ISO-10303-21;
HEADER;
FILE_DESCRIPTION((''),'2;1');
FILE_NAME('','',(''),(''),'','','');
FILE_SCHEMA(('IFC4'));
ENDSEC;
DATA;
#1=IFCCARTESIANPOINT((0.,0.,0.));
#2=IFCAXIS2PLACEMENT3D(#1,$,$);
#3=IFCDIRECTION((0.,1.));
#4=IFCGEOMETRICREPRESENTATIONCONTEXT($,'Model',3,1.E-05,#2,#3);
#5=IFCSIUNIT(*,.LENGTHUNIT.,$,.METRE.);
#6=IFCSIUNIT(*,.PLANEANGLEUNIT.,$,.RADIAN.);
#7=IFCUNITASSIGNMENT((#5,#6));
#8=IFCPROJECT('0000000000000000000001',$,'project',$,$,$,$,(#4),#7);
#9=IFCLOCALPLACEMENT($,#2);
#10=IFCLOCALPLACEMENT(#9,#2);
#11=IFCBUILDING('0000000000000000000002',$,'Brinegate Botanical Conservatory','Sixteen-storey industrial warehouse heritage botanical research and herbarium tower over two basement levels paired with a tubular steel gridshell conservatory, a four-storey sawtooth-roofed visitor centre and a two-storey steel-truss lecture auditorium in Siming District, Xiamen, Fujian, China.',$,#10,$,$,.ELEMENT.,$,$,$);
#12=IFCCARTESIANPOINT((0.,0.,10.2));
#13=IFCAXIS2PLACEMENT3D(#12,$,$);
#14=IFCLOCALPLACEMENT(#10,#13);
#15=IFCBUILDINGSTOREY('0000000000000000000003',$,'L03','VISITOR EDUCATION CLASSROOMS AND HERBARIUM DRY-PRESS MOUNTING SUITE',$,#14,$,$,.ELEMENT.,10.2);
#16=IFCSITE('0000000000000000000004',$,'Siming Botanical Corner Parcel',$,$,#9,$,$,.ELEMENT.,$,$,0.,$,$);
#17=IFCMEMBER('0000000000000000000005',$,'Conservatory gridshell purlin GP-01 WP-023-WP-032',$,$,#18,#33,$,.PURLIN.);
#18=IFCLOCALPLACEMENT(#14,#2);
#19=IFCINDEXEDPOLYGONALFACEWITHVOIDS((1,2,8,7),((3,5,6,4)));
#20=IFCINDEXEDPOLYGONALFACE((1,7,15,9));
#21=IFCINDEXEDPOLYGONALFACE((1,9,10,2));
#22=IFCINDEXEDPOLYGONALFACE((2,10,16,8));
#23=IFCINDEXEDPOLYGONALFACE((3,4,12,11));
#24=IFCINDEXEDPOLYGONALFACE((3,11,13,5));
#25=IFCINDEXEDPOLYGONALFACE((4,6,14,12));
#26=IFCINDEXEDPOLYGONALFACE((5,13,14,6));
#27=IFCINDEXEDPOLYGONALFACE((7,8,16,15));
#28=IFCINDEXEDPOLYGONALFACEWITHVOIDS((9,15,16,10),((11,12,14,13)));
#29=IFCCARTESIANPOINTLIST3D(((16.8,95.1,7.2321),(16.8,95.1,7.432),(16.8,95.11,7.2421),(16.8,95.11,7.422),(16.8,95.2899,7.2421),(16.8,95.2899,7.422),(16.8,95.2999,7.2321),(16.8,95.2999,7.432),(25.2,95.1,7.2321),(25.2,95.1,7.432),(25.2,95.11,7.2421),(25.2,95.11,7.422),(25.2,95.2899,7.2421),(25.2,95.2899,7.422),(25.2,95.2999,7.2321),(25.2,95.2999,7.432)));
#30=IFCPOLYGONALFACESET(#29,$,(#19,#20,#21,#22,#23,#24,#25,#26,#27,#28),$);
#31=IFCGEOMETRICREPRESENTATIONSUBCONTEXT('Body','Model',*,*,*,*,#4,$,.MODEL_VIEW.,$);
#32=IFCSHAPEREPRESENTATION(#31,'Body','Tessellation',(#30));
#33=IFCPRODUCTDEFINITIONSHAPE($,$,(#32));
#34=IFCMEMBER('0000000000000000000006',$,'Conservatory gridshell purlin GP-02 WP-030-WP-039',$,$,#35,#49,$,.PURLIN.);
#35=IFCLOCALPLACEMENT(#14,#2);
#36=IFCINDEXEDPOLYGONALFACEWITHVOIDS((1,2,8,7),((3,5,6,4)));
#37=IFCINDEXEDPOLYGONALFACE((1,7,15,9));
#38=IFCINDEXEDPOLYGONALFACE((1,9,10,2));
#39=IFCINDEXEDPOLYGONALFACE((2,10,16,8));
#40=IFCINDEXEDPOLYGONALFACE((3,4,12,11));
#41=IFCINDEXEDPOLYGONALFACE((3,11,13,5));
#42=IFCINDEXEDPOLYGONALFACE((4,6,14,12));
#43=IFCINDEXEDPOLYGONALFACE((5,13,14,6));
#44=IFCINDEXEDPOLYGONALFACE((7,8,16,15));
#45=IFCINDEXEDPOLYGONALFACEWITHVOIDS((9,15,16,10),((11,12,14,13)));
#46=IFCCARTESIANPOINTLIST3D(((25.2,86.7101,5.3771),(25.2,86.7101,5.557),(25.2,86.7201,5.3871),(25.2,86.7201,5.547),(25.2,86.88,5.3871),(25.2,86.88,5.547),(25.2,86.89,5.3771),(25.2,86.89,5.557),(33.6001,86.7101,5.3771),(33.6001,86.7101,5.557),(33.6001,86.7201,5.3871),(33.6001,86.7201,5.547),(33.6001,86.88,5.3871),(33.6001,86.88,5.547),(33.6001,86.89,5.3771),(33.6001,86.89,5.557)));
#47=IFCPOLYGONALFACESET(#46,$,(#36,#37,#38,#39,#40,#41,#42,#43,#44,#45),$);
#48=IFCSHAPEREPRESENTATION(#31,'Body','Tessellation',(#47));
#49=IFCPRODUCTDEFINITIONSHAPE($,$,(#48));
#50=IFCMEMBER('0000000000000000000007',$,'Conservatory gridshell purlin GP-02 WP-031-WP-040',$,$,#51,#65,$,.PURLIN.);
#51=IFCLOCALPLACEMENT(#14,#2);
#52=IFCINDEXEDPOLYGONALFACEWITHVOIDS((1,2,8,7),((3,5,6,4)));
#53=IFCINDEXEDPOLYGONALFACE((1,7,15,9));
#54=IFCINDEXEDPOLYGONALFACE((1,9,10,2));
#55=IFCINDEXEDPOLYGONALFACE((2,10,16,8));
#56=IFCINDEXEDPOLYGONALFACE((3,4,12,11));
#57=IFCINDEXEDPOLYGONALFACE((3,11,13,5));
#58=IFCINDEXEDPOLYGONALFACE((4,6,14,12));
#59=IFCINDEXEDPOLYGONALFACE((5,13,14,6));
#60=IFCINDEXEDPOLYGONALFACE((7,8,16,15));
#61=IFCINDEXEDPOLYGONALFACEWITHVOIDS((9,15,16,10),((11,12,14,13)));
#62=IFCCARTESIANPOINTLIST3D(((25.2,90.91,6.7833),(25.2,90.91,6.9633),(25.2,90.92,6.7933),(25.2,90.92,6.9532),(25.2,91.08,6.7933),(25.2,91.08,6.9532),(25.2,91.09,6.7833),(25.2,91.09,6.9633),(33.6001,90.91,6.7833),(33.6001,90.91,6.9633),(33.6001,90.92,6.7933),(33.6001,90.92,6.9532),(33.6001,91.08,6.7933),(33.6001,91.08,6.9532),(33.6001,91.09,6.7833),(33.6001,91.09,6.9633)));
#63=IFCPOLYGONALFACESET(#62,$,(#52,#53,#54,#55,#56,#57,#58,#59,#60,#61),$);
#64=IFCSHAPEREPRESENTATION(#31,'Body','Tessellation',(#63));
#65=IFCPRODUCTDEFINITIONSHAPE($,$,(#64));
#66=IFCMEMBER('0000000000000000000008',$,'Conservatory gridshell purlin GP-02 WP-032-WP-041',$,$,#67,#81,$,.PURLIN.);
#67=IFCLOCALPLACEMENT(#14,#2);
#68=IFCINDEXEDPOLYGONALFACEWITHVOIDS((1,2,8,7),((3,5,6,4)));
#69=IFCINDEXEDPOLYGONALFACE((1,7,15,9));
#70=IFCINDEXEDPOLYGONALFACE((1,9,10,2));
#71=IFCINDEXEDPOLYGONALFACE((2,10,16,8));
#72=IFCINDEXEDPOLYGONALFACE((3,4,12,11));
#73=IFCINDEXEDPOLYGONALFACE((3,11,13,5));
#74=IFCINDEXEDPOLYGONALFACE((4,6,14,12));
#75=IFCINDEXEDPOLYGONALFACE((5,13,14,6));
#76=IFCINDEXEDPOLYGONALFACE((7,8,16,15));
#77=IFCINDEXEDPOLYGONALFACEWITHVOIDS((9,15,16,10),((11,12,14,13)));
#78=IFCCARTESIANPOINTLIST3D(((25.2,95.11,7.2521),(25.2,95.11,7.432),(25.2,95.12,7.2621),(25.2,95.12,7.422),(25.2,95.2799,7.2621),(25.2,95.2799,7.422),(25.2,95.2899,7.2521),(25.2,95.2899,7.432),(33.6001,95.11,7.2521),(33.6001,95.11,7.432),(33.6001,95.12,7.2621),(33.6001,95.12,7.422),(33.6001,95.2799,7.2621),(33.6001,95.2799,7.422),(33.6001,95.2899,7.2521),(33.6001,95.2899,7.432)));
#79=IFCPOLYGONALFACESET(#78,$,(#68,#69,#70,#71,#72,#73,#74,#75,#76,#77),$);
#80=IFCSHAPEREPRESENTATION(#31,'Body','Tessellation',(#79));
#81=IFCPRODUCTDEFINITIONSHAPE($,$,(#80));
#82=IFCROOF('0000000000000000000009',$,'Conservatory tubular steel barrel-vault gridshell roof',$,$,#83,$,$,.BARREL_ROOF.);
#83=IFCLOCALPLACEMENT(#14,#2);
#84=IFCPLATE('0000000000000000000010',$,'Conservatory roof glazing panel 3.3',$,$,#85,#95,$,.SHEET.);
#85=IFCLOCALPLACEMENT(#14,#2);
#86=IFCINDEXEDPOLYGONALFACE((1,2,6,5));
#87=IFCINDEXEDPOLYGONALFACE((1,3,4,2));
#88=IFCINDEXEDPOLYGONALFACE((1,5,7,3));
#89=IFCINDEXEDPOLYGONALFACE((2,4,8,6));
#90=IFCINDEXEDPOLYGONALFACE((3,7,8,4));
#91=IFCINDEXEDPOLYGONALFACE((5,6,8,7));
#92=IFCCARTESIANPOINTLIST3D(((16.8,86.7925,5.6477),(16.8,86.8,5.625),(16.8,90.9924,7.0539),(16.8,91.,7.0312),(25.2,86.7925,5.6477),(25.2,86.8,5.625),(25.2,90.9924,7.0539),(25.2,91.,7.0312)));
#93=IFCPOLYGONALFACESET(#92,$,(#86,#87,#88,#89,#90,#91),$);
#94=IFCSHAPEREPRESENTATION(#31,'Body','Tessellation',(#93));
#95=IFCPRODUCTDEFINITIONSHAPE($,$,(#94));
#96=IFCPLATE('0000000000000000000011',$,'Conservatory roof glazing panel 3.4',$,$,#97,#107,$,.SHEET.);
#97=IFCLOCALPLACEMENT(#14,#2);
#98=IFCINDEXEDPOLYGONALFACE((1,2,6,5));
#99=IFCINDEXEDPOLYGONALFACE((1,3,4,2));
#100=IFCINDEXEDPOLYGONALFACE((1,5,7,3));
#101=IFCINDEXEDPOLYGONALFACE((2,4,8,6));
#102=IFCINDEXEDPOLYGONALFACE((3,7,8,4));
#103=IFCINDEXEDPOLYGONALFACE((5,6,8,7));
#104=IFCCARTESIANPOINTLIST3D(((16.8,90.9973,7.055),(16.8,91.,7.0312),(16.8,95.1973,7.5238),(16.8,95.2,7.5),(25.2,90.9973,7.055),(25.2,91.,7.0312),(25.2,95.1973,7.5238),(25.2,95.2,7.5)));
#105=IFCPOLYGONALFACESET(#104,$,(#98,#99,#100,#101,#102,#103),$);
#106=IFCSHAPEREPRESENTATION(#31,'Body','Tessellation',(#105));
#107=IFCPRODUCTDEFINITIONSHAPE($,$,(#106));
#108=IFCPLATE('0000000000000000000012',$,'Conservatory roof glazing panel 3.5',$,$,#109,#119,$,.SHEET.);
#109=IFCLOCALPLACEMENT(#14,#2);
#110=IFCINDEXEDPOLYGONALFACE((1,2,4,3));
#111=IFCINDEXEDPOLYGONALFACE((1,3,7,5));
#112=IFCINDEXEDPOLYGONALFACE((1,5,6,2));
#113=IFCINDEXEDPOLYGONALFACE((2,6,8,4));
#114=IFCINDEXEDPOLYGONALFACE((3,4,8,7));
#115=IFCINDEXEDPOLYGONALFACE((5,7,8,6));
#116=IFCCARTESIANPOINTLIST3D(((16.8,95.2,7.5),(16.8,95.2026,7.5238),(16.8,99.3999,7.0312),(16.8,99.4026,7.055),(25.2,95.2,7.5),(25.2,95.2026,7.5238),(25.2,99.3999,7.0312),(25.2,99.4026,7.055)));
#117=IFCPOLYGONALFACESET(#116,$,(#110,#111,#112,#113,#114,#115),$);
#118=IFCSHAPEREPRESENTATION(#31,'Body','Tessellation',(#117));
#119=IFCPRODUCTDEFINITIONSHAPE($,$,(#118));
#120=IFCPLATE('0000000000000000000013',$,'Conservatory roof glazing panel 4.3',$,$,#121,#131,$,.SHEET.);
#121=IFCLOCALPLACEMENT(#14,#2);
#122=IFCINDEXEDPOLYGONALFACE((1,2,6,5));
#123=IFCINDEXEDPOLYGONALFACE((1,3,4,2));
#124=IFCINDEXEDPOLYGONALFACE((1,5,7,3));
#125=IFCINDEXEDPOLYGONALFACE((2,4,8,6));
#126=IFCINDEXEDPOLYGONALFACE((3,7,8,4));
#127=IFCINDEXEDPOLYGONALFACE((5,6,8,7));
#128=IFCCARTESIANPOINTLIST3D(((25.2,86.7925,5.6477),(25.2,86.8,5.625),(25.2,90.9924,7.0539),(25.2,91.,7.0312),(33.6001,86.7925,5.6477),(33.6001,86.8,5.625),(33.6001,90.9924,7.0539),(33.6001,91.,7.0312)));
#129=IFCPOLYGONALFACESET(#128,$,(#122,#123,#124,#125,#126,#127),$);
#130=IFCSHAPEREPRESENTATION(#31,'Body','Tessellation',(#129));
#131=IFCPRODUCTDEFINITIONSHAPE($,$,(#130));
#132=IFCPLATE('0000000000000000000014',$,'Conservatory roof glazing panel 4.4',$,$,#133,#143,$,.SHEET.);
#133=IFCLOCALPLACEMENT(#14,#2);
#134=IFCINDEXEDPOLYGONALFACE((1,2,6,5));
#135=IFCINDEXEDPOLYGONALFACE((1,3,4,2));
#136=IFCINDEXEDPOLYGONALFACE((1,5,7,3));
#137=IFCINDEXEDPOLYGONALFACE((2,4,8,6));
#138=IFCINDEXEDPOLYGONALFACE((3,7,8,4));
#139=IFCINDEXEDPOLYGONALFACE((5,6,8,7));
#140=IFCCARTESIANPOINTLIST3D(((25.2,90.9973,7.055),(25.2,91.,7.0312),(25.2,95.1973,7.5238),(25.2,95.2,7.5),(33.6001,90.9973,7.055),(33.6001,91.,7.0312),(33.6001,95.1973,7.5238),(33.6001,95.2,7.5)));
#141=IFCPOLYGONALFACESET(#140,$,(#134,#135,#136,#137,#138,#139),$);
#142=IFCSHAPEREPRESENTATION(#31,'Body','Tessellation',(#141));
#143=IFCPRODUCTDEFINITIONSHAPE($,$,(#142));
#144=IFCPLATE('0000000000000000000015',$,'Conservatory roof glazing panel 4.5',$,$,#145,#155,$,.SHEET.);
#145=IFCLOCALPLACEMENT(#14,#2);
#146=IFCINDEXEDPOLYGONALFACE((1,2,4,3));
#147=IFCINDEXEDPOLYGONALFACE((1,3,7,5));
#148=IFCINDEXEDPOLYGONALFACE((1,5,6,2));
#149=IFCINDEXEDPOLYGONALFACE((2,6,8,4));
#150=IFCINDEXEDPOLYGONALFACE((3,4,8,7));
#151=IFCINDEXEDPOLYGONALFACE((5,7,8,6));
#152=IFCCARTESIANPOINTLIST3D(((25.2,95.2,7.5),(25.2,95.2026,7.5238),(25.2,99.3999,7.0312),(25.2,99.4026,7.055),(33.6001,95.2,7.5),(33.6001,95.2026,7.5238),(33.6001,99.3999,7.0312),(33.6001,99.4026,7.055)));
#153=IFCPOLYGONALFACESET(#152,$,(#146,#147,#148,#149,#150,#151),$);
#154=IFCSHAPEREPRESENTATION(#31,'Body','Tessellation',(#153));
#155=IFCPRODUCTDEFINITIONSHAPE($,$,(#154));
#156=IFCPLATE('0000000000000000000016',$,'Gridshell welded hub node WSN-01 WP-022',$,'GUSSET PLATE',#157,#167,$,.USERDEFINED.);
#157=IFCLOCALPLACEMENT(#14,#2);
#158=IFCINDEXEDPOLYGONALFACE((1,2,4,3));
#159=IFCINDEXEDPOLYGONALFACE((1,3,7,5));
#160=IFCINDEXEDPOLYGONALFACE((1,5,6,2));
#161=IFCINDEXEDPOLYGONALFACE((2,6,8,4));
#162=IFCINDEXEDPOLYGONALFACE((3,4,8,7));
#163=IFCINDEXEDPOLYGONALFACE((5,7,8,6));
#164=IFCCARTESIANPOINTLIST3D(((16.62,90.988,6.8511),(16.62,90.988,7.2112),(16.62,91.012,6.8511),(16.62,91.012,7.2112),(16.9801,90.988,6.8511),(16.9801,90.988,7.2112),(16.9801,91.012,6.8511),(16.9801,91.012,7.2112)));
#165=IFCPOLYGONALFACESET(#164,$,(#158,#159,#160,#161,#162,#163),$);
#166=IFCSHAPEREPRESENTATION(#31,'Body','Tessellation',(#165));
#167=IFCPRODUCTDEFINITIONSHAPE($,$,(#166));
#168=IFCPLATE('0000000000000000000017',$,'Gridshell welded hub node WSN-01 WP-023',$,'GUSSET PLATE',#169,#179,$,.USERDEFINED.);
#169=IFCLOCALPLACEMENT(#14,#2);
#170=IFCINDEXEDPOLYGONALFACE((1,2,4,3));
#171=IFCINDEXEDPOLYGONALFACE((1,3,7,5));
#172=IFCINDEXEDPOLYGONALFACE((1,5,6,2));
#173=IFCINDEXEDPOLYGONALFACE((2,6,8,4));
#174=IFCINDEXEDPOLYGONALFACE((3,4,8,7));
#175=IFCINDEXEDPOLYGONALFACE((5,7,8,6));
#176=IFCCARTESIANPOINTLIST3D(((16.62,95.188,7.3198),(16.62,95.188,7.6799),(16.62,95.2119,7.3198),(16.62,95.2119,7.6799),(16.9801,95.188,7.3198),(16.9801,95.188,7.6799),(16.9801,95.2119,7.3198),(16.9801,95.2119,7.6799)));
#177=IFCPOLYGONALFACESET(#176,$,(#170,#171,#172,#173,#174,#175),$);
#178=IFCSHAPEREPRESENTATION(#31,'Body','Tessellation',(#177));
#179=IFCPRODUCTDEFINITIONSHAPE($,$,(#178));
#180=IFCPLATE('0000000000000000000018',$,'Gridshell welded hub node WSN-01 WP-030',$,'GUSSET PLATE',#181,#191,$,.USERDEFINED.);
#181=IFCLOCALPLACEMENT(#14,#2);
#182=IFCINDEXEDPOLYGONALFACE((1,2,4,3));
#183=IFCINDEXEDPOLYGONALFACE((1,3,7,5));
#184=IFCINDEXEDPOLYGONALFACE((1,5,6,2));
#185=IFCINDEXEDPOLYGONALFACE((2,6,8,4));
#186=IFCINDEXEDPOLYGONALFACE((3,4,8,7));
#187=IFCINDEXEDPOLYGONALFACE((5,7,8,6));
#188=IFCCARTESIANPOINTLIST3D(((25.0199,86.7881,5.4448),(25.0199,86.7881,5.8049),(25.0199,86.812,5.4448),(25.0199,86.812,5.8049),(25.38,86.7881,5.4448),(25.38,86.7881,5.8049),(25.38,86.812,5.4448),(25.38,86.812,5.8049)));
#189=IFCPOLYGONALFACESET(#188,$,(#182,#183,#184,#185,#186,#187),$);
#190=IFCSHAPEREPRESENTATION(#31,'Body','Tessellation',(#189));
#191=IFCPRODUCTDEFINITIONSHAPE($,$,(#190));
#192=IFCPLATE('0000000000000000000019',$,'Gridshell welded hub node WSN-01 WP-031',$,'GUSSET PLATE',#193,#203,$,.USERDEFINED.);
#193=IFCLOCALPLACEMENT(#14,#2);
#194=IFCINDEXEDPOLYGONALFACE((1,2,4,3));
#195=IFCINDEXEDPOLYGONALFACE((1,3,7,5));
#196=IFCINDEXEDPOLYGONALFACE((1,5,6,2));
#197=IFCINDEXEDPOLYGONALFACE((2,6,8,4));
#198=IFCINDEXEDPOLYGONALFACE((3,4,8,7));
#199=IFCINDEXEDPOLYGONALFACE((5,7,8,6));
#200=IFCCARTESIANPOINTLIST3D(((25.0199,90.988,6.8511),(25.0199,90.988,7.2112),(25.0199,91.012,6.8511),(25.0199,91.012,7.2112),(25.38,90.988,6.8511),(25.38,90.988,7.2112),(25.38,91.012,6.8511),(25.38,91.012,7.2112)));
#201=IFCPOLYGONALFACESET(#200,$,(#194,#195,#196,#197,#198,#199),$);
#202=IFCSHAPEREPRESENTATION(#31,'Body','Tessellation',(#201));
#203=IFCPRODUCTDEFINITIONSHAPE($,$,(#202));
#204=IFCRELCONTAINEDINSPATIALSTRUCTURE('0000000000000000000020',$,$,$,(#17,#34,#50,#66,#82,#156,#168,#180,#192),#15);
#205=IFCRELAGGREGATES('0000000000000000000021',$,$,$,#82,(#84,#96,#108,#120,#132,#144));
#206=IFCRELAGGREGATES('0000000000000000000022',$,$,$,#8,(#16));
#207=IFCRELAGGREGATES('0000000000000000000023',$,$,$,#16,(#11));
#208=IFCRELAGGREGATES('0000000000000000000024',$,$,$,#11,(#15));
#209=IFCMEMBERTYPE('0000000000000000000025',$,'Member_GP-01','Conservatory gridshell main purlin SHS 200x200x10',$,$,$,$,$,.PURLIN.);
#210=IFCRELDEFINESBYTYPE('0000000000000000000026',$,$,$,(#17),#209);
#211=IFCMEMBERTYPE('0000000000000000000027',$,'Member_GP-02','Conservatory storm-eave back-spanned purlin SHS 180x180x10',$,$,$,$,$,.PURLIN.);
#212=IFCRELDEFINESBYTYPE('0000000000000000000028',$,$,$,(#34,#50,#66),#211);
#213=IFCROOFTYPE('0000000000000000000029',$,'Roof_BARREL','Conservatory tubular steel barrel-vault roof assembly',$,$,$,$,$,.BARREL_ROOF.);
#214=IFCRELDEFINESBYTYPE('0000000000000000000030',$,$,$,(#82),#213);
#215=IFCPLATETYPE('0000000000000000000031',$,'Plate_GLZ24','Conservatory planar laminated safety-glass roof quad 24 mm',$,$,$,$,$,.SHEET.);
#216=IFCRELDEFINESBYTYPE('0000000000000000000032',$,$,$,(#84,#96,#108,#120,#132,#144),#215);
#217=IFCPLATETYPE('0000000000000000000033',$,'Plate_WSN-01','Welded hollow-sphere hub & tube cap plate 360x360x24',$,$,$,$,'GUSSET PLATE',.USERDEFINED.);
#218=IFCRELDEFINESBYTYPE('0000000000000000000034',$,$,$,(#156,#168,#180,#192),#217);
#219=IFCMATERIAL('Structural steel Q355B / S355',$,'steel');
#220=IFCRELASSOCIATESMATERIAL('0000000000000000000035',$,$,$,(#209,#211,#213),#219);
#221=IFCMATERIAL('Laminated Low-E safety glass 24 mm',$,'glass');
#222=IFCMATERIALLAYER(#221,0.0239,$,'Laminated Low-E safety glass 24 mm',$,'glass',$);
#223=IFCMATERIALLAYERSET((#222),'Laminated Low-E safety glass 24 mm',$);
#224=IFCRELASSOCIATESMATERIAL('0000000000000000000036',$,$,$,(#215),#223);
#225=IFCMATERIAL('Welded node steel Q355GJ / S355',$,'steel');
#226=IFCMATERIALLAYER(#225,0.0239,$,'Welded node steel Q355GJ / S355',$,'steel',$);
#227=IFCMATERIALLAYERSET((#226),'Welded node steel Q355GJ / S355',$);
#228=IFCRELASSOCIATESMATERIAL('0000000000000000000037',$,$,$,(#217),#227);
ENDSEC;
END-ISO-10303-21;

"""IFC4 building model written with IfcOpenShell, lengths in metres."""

from ifc_helpers import new_model, si_unit, direction, frame, origin, origin_2d, place, context, subcontext, project, spatial, polyline, rectangle, hollow_rectangle, outline, extrude, material, layer, layer_set, material_profile, profile_set, type_object, element, aggregate, save


model = new_model("IFC4")

# Units and contexts
model_context = context("Model", 3, precision=1e-05, world=origin(), true_north=direction((0.0, 1.0)))
body_context = subcontext(model_context, "Body", "Model", "MODEL_VIEW")
ifc_project = project(units=[si_unit("LENGTHUNIT", "METRE"), si_unit("PLANEANGLEUNIT", "RADIAN")], contexts=[model_context])

# Site, building, storey
site_placement = place(None, origin())
site = spatial("IfcSite", under=ifc_project, at=site_placement, Name="Siming Botanical Corner Parcel", CompositionType="ELEMENT", RefElevation=0.0)
building_placement = place(site_placement, origin())
building = spatial("IfcBuilding", under=site, at=building_placement, Name="Brinegate Botanical Conservatory", Description="Sixteen-storey industrial warehouse heritage botanical research and herbarium tower over two basement levels paired with a tubular steel gridshell conservatory, a four-storey sawtooth-roofed visitor centre and a two-storey steel-truss lecture auditorium in Siming District, Xiamen, Fujian, China.", CompositionType="ELEMENT")
storey_placement = place(building_placement, frame((0.0, 0.0, 10.2)))
storey = spatial("IfcBuildingStorey", under=building, at=storey_placement, Name="L03", Description="VISITOR EDUCATION CLASSROOMS AND HERBARIUM DRY-PRESS MOUNTING SUITE", CompositionType="ELEMENT", Elevation=10.2)

# Shared definitions
ifc_material_1 = material(Name="Structural steel Q355B / S355", Category="steel")

# Members
ifc_material_profile_1 = material_profile(ifc_material_1, hollow_rectangle(XDim=0.2, YDim=0.2, WallThickness=0.01, at=origin_2d()), Name="SHS 200x200x10")
ifc_profile_set_1 = profile_set([ifc_material_profile_1], Name="Structural steel Q355B / S355")
member_type_1 = type_object("IfcMemberType", Name="Member_GP-01", Description="Conservatory gridshell main purlin SHS 200x200x10", PredefinedType="PURLIN", material=ifc_profile_set_1)
for number, where, z_axis, x_axis, name in (
    (1, (16.8, 95.2, 7.332), (1.0, 0.0, 0.0), (0.0, 1.0, 0.0), "Conservatory gridshell purlin GP-01 WP-023-WP-032"),
):
    element("IfcMember", number, at=place(storey_placement, frame(where, z_axis=z_axis, x_axis=x_axis)), inside=storey, type_object=member_type_1, Name=name, PredefinedType="PURLIN", context=body_context, shape_type="SweptSolid", body=[
        extrude(hollow_rectangle(XDim=0.2, YDim=0.2, WallThickness=0.01, at=origin_2d()), origin(), (0.0, 0.0, 1.0), 8.3999),
    ])
ifc_material_profile_2 = material_profile(ifc_material_1, hollow_rectangle(XDim=0.1799, YDim=0.1799, WallThickness=0.01, at=origin_2d()), Name="SHS 180x180x10")
ifc_profile_set_2 = profile_set([ifc_material_profile_2], Name="Structural steel Q355B / S355")
member_type_2 = type_object("IfcMemberType", Name="Member_GP-02", Description="Conservatory storm-eave back-spanned purlin SHS 180x180x10", PredefinedType="PURLIN", material=ifc_profile_set_2)
for number, where, z_axis, x_axis, name in (
    (2, (25.2, 86.8, 5.467), (1.0, 0.0, 0.0), (0.0, 1.0, 0.0), "Conservatory gridshell purlin GP-02 WP-030-WP-039"),
    (3, (25.2, 91.0, 6.8733), (1.0, 0.0, 0.0), (0.0, 1.0, 0.0), "Conservatory gridshell purlin GP-02 WP-031-WP-040"),
    (4, (25.2, 95.2, 7.342), (1.0, 0.0, 0.0), (0.0, 1.0, 0.0), "Conservatory gridshell purlin GP-02 WP-032-WP-041"),
):
    element("IfcMember", number, at=place(storey_placement, frame(where, z_axis=z_axis, x_axis=x_axis)), inside=storey, type_object=member_type_2, Name=name, PredefinedType="PURLIN", context=body_context, shape_type="SweptSolid", body=[
        extrude(hollow_rectangle(XDim=0.1799, YDim=0.1799, WallThickness=0.01, at=origin_2d()), origin(), (0.0, 0.0, 1.0), 8.4001),
    ])

# Roof, plates
roof_type = type_object("IfcRoofType", Name="Roof_BARREL", Description="Conservatory tubular steel barrel-vault roof assembly", PredefinedType="BARREL_ROOF", material=ifc_material_1)
roof_placement = place(storey_placement, origin())
roof = element("IfcRoof", 5, at=roof_placement, inside=storey, type_object=roof_type, Name="Conservatory tubular steel barrel-vault gridshell roof", PredefinedType="BARREL_ROOF")
ifc_material_2 = material(Name="Laminated Low-E safety glass 24 mm", Category="glass")
ifc_layer_1 = layer(ifc_material_2, 0.0239, Name="Laminated Low-E safety glass 24 mm", Category="glass")
ifc_layer_set_1 = layer_set([ifc_layer_1], Name="Laminated Low-E safety glass 24 mm")
plate_type_1 = type_object("IfcPlateType", Name="Plate_GLZ24", Description="Conservatory planar laminated safety-glass roof quad 24 mm", PredefinedType="SHEET", material=ifc_layer_set_1)
plate_1_placement = place(storey_placement, frame((16.8, 86.8, 5.625), z_axis=(0.0, -0.317501, 0.948258), x_axis=(1.0, 0.0, 0.0)))
plate_1 = element("IfcPlate", 6, at=plate_1_placement, type_object=plate_type_1, Name="Conservatory roof glazing panel 3.3", PredefinedType="SHEET", context=body_context, shape_type="SweptSolid", body=[
    extrude(outline(polyline([(0.0, 0.0), (8.3999, 0.0), (8.3999, 4.4291), (0.0, 4.4291), (0.0, 0.0)])), origin(), (0.0, 0.0, 1.0), 0.0239),
])
plate_2_placement = place(storey_placement, frame((16.8, 91.0, 7.0312), z_axis=(0.0, -0.11092, 0.993829), x_axis=(1.0, 0.0, 0.0)))
plate_2 = element("IfcPlate", 7, at=plate_2_placement, type_object=plate_type_1, Name="Conservatory roof glazing panel 3.4", PredefinedType="SHEET", context=body_context, shape_type="SweptSolid", body=[
    extrude(outline(polyline([(0.0, 0.0), (8.3999, 0.0), (8.3999, 4.226), (0.0, 4.226), (0.0, 0.0)])), origin(), (0.0, 0.0, 1.0), 0.0239),
])
plate_3_placement = place(storey_placement, frame((16.8, 95.2, 7.5), z_axis=(0.0, 0.11092, 0.993829), x_axis=(1.0, 0.0, 0.0)))
plate_3 = element("IfcPlate", 8, at=plate_3_placement, type_object=plate_type_1, Name="Conservatory roof glazing panel 3.5", PredefinedType="SHEET", context=body_context, shape_type="SweptSolid", body=[
    extrude(outline(polyline([(0.0, 0.0), (8.3999, 0.0), (8.3999, 4.226), (0.0, 4.226), (0.0, 0.0)])), origin(), (0.0, 0.0, 1.0), 0.0239),
])
plate_4_placement = place(storey_placement, frame((25.2, 86.8, 5.625), z_axis=(0.0, -0.317501, 0.948258), x_axis=(1.0, 0.0, 0.0)))
plate_4 = element("IfcPlate", 9, at=plate_4_placement, type_object=plate_type_1, Name="Conservatory roof glazing panel 4.3", PredefinedType="SHEET", context=body_context, shape_type="SweptSolid", body=[
    extrude(outline(polyline([(0.0, 0.0), (8.4001, 0.0), (8.4001, 4.4291), (0.0, 4.4291), (0.0, 0.0)])), origin(), (0.0, 0.0, 1.0), 0.0239),
])
plate_5_placement = place(storey_placement, frame((25.2, 91.0, 7.0312), z_axis=(0.0, -0.11092, 0.993829), x_axis=(1.0, 0.0, 0.0)))
plate_5 = element("IfcPlate", 10, at=plate_5_placement, type_object=plate_type_1, Name="Conservatory roof glazing panel 4.4", PredefinedType="SHEET", context=body_context, shape_type="SweptSolid", body=[
    extrude(outline(polyline([(0.0, 0.0), (8.4001, 0.0), (8.4001, 4.226), (0.0, 4.226), (0.0, 0.0)])), origin(), (0.0, 0.0, 1.0), 0.0239),
])
plate_6_placement = place(storey_placement, frame((25.2, 95.2, 7.5), z_axis=(0.0, 0.11092, 0.993829), x_axis=(1.0, 0.0, 0.0)))
plate_6 = element("IfcPlate", 11, at=plate_6_placement, type_object=plate_type_1, Name="Conservatory roof glazing panel 4.5", PredefinedType="SHEET", context=body_context, shape_type="SweptSolid", body=[
    extrude(outline(polyline([(0.0, 0.0), (8.4001, 0.0), (8.4001, 4.226), (0.0, 4.226), (0.0, 0.0)])), origin(), (0.0, 0.0, 1.0), 0.0239),
])
aggregate(roof, [plate_1, plate_2, plate_3, plate_4, plate_5, plate_6])

# Plates
ifc_material_3 = material(Name="Welded node steel Q355GJ / S355", Category="steel")
ifc_layer_2 = layer(ifc_material_3, 0.0239, Name="Welded node steel Q355GJ / S355", Category="steel")
ifc_layer_set_2 = layer_set([ifc_layer_2], Name="Welded node steel Q355GJ / S355")
plate_type_2 = type_object("IfcPlateType", Name="Plate_WSN-01", Description="Welded hollow-sphere hub & tube cap plate 360x360x24", ElementType="GUSSET PLATE", PredefinedType="USERDEFINED", material=ifc_layer_set_2)
for number, where, z_axis, x_axis, name in (
    (12, (16.8, 91.0, 6.8511), (0.0, 0.0, 1.0), (1.0, 0.0, 0.0), "Gridshell welded hub node WSN-01 WP-022"),
    (13, (16.8, 95.2, 7.3198), (0.0, 0.0, 1.0), (1.0, 0.0, 0.0), "Gridshell welded hub node WSN-01 WP-023"),
    (14, (25.2, 86.8, 5.4448), (0.0, 0.0, 1.0), (1.0, 0.0, 0.0), "Gridshell welded hub node WSN-01 WP-030"),
    (15, (25.2, 91.0, 6.8511), (0.0, 0.0, 1.0), (1.0, 0.0, 0.0), "Gridshell welded hub node WSN-01 WP-031"),
):
    element("IfcPlate", number, at=place(storey_placement, frame(where, z_axis=z_axis, x_axis=x_axis)), inside=storey, type_object=plate_type_2, Name=name, ObjectType="GUSSET PLATE", PredefinedType="USERDEFINED", context=body_context, shape_type="SweptSolid", body=[
        extrude(rectangle(XDim=0.3601, YDim=0.0239, at=origin_2d()), origin(), (0.0, 0.0, 1.0), 0.3601),
    ])

save(model, "model.ifc")
